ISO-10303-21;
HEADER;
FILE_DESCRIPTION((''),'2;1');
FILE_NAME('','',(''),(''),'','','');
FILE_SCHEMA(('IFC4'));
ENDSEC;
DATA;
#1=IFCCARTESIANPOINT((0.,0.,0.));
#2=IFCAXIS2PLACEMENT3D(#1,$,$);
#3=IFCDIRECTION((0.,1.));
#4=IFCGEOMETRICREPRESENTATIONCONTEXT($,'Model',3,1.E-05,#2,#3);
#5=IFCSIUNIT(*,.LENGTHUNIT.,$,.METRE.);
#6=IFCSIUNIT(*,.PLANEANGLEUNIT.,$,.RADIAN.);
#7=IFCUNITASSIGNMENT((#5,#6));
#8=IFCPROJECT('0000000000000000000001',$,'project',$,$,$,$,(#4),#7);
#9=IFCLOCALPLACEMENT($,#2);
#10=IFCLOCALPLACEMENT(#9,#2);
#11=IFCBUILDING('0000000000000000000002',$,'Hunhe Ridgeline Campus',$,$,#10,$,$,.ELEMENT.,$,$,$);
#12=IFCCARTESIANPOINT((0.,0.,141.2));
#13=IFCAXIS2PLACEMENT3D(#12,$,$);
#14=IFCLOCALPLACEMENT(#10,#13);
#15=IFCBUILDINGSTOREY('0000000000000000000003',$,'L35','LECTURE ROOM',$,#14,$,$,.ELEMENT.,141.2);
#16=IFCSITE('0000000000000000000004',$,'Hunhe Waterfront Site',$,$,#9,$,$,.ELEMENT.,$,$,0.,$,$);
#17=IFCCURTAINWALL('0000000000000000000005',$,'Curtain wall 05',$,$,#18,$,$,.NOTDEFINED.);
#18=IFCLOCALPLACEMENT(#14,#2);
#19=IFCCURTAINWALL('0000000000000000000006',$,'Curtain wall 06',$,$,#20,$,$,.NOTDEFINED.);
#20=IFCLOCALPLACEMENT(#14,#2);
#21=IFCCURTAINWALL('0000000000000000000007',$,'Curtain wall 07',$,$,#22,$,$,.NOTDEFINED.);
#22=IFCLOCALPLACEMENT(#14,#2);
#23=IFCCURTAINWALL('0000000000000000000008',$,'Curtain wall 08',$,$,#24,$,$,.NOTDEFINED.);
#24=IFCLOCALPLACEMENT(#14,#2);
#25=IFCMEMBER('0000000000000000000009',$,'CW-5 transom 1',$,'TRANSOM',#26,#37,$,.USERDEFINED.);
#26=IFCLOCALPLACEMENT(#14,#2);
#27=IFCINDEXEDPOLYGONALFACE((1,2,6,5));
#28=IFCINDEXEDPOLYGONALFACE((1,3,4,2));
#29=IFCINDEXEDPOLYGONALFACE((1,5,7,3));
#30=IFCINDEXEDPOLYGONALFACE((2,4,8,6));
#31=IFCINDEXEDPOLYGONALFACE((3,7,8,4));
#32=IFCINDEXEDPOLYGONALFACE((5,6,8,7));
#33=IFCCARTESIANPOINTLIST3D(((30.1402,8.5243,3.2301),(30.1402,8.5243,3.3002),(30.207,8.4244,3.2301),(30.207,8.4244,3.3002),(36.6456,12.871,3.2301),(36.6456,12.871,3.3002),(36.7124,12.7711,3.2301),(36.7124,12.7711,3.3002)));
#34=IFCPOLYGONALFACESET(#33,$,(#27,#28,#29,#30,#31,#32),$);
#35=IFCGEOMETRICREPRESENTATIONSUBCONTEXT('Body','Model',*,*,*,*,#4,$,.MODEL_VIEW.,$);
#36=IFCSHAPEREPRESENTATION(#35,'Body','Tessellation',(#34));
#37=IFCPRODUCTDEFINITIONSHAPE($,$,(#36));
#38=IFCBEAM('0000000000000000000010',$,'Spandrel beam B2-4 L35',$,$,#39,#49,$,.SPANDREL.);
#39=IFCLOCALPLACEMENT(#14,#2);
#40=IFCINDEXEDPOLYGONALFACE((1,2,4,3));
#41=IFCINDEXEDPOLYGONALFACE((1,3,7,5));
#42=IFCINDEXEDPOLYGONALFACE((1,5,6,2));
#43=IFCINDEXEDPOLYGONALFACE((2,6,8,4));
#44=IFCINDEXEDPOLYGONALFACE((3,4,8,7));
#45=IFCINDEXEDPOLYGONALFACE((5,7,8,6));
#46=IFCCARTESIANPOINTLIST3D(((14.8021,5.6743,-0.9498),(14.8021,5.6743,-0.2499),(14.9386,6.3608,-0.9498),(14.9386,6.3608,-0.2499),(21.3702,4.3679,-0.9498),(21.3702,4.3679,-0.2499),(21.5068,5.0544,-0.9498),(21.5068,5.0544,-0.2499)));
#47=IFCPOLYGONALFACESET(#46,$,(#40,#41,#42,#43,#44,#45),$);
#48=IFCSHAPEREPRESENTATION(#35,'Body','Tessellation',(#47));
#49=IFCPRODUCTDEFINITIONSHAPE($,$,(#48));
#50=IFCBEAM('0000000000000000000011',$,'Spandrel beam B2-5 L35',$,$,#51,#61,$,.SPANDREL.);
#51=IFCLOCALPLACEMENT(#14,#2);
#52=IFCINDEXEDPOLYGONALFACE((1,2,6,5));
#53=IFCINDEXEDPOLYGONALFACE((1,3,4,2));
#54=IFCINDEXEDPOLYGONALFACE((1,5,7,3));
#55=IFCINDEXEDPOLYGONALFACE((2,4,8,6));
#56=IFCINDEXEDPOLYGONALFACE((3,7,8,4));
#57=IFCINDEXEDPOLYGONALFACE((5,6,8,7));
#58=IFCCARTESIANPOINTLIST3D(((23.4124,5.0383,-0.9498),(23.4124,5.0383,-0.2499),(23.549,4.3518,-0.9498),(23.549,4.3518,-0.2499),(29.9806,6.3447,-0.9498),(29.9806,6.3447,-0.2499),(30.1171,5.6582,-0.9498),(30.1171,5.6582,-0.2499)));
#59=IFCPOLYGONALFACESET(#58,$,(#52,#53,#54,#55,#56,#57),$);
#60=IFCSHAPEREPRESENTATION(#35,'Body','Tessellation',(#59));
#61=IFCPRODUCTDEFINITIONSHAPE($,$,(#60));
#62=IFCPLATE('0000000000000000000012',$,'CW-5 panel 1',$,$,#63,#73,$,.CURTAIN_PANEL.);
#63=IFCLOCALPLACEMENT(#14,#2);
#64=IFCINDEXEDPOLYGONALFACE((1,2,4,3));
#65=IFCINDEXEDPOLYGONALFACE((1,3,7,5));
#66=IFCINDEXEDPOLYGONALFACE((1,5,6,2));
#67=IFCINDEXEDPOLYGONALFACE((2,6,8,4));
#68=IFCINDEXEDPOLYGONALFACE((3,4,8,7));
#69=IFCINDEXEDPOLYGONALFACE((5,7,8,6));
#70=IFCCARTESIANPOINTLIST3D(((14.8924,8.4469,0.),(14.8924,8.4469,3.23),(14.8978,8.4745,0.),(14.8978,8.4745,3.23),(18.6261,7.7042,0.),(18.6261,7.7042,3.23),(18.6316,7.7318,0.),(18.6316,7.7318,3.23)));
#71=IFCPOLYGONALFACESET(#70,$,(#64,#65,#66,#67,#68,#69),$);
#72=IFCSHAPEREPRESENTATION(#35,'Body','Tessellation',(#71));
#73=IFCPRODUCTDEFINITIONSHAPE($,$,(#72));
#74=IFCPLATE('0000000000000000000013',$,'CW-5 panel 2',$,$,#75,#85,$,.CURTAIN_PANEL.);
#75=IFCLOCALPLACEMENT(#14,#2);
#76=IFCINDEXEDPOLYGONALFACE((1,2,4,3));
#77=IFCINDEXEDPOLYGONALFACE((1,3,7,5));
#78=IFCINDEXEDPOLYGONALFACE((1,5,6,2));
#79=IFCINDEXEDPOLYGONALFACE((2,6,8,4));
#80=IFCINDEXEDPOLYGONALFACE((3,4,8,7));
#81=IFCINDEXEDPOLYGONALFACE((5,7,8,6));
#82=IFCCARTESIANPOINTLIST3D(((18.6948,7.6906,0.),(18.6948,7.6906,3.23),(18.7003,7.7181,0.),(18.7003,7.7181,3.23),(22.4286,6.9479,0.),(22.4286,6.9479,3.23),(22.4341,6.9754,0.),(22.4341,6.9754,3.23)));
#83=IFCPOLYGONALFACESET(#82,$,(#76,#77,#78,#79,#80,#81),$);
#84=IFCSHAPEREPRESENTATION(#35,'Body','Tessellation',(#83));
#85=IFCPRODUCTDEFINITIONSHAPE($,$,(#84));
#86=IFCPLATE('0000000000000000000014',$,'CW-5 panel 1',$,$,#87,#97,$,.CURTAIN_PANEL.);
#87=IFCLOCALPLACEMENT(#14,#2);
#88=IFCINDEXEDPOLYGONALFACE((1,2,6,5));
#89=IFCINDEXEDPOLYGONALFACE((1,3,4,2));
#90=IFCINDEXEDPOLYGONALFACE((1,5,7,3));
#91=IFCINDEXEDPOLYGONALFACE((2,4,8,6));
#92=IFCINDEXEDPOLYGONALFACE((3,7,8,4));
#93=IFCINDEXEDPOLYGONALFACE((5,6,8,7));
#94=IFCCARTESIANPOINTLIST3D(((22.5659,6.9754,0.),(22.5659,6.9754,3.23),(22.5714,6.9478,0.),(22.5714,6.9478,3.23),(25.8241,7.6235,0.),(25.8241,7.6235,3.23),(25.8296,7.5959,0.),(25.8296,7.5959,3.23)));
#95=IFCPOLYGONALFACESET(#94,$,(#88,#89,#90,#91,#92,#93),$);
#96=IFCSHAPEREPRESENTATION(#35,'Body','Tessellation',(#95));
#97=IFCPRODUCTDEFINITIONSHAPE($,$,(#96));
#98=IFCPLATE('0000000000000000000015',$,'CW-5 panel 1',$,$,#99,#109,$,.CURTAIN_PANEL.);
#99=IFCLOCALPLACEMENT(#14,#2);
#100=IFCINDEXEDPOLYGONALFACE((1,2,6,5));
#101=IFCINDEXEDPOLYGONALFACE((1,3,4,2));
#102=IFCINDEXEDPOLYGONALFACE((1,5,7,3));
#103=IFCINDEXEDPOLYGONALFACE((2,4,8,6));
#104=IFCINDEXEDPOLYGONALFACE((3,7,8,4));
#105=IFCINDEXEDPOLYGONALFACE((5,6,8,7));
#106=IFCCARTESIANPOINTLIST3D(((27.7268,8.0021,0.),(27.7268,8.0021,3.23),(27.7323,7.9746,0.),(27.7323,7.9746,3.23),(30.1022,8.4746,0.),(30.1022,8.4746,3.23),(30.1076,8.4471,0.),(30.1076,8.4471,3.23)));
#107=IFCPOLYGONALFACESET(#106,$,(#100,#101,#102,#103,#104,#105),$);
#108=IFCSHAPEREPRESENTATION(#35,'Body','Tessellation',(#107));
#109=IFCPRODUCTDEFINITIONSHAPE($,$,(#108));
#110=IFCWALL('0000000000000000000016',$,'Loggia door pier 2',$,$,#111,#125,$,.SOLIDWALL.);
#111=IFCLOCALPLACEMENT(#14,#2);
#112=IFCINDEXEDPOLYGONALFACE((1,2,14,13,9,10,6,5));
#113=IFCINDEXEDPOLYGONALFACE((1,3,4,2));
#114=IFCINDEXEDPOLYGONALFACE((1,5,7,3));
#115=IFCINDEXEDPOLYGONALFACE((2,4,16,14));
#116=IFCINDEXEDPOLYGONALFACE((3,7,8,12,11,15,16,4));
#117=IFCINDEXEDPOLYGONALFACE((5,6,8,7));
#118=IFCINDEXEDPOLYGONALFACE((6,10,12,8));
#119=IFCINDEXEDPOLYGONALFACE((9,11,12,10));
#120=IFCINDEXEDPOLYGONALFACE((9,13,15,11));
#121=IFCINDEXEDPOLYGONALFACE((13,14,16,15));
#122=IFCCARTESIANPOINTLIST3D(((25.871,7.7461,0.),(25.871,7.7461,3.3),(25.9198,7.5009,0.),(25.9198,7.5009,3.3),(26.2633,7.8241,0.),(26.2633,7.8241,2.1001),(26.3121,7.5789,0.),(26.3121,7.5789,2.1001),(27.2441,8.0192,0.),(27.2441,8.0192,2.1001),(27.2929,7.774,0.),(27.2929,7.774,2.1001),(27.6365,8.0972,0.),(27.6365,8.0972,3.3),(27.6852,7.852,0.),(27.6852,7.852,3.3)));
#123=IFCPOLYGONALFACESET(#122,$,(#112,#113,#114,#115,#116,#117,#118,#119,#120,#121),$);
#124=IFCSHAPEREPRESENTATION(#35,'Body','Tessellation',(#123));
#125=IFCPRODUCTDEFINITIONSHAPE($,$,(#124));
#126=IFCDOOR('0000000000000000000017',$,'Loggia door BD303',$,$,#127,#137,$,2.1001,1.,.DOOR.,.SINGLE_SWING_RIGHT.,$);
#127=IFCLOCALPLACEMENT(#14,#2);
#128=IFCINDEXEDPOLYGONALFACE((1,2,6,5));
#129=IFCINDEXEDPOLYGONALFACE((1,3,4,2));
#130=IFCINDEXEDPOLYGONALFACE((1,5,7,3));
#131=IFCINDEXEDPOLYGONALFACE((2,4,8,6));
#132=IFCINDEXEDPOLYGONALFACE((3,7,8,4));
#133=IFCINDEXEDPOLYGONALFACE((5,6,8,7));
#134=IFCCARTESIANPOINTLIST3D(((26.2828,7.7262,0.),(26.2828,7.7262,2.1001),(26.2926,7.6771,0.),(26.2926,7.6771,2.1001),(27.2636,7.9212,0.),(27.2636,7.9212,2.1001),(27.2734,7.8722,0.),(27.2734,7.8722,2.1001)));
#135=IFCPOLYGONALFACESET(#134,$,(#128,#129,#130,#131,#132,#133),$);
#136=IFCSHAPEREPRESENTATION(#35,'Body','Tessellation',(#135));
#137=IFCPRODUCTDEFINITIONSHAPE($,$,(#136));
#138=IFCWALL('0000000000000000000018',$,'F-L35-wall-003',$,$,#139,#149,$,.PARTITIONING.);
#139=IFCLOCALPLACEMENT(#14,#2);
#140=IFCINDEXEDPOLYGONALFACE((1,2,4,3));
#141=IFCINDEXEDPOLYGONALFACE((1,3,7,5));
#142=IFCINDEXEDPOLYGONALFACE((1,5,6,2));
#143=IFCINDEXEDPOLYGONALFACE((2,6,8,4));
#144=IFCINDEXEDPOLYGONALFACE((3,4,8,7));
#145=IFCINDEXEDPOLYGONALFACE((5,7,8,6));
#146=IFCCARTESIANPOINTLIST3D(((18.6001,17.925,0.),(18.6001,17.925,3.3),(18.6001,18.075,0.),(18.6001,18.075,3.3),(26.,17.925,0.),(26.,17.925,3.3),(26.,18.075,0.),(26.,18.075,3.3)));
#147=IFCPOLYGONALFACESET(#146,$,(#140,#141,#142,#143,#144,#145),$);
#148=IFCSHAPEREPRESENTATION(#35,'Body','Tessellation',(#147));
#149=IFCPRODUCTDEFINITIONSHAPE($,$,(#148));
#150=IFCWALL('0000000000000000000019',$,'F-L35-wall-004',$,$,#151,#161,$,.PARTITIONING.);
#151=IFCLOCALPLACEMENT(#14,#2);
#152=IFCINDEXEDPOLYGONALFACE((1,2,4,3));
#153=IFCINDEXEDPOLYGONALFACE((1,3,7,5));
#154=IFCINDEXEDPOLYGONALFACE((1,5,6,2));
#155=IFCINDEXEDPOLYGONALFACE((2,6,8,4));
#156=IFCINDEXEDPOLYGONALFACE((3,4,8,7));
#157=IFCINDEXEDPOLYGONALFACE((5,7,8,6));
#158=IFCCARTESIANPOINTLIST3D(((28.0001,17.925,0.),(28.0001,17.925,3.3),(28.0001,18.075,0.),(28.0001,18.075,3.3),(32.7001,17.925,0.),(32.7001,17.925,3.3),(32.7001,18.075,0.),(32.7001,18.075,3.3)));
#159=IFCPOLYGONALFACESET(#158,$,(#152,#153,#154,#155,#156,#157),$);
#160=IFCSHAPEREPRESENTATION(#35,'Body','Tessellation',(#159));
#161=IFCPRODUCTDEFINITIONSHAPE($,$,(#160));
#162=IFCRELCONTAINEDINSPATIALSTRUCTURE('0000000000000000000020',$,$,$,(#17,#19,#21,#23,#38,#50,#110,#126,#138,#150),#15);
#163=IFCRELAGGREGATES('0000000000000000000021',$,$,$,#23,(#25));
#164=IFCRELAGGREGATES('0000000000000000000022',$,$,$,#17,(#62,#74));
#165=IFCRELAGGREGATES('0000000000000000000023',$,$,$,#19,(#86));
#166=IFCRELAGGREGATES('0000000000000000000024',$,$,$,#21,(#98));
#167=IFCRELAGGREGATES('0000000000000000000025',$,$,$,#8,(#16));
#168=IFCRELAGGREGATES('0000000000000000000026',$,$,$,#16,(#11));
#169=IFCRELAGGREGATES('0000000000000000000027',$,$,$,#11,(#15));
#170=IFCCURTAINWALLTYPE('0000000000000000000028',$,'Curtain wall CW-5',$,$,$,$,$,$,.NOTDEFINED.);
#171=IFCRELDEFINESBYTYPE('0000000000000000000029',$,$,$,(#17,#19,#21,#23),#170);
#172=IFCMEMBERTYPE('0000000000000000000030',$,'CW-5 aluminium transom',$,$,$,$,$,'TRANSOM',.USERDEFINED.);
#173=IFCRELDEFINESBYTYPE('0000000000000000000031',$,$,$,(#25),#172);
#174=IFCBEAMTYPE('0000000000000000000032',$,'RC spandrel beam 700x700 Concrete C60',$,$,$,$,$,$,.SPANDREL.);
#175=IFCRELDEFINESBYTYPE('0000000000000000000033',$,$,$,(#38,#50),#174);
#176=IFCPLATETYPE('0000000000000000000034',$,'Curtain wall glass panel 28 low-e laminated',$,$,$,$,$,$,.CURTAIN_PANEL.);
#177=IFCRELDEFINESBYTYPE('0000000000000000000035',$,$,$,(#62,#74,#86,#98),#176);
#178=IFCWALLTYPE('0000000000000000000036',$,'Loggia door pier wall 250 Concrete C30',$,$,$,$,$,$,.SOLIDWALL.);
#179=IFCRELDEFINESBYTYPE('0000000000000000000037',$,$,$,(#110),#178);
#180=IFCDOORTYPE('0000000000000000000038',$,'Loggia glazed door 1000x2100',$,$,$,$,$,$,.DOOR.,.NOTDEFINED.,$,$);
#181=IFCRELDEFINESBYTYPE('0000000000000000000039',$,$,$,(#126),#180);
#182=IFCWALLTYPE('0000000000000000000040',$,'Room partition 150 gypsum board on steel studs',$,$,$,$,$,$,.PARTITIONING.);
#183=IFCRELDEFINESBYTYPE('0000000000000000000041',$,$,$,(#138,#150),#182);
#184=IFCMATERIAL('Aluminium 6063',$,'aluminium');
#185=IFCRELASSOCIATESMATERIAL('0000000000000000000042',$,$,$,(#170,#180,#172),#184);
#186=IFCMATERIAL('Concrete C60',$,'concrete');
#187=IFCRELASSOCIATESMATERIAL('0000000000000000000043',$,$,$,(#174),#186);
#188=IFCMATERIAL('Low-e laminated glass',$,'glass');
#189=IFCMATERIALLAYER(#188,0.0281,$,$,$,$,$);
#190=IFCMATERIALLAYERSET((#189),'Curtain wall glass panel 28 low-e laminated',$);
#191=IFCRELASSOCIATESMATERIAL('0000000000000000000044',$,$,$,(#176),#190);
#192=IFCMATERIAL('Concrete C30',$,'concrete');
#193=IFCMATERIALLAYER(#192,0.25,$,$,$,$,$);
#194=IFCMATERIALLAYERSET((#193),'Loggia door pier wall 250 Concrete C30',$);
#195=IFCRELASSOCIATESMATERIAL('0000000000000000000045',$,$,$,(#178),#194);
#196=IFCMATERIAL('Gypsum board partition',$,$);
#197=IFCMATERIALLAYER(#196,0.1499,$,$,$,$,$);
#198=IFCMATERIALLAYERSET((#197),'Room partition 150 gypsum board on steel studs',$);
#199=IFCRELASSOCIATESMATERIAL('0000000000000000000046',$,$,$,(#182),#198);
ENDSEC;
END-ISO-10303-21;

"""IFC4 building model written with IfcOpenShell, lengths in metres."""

from ifc_helpers import new_model, si_unit, direction, frame, frame_2d, origin, origin_2d, place, context, subcontext, project, spatial, rectangle, extrude, material, layer, layer_set, material_profile, profile_set, type_object, element, fill, aggregate, save


model = new_model("IFC4")

# Units and contexts
model_context = context("Model", 3, precision=1e-05, world=origin(), true_north=direction((0.0, 1.0)))
body_context = subcontext(model_context, "Body", "Model", "MODEL_VIEW")
ifc_project = project(units=[si_unit("LENGTHUNIT", "METRE"), si_unit("PLANEANGLEUNIT", "RADIAN")], contexts=[model_context])

# Site, building, storey
site_placement = place(None, origin())
site = spatial("IfcSite", under=ifc_project, at=site_placement, Name="Hunhe Waterfront Site", CompositionType="ELEMENT", RefElevation=0.0)
building_placement = place(site_placement, origin())
building = spatial("IfcBuilding", under=site, at=building_placement, Name="Hunhe Ridgeline Campus", CompositionType="ELEMENT")
storey_placement = place(building_placement, frame((0.0, 0.0, 141.2)))
storey = spatial("IfcBuildingStorey", under=building, at=storey_placement, Name="L35", Description="LECTURE ROOM", CompositionType="ELEMENT", Elevation=141.2)

# Shared definitions
ifc_material_1 = material(Name="Aluminium 6063", Category="aluminium")
curtain_wall_type = type_object("IfcCurtainWallType", Name="Curtain wall CW-5", PredefinedType="NOTDEFINED", material=ifc_material_1)

# Curtain walls
curtain_wall_1_placement = place(storey_placement, origin())
curtain_wall_1 = element("IfcCurtainWall", 1, at=curtain_wall_1_placement, inside=storey, type_object=curtain_wall_type, Name="Curtain wall 05", PredefinedType="NOTDEFINED")
curtain_wall_2_placement = place(storey_placement, origin())
curtain_wall_2 = element("IfcCurtainWall", 2, at=curtain_wall_2_placement, inside=storey, type_object=curtain_wall_type, Name="Curtain wall 06", PredefinedType="NOTDEFINED")
curtain_wall_3_placement = place(storey_placement, origin())
curtain_wall_3 = element("IfcCurtainWall", 3, at=curtain_wall_3_placement, inside=storey, type_object=curtain_wall_type, Name="Curtain wall 07", PredefinedType="NOTDEFINED")

# Shared definitions
ifc_material_profile_1 = material_profile(ifc_material_1, rectangle(XDim=0.1201, YDim=0.0701, at=origin_2d()))
ifc_profile_set_1 = profile_set([ifc_material_profile_1], Name="Aluminium 6063")
member_type_1 = type_object("IfcMemberType", Name="CW-5 aluminium transom", ElementType="TRANSOM", PredefinedType="USERDEFINED", material=ifc_profile_set_1)

# Curtain wall, member
curtain_wall_4_placement = place(storey_placement, origin())
curtain_wall_4 = element("IfcCurtainWall", 4, at=curtain_wall_4_placement, inside=storey, type_object=curtain_wall_type, Name="Curtain wall 08", PredefinedType="NOTDEFINED")
member_1_placement = place(storey_placement, frame((30.1736, 8.4744, 3.2651), z_axis=(0.831474, 0.555564, 0.0), x_axis=(-0.555564, 0.831474, 0.0)))
member_1 = element("IfcMember", 5, at=member_1_placement, type_object=member_type_1, Name="CW-5 transom 1", ObjectType="TRANSOM", PredefinedType="USERDEFINED", context=body_context, shape_type="SweptSolid", body=[
    extrude(rectangle(XDim=0.1201, YDim=0.0701, at=origin_2d()), origin(), (0.0, 0.0, 1.0), 7.824),
])
aggregate(curtain_wall_4, [member_1])

# Beams
ifc_material_2 = material(Name="Concrete C60", Category="concrete")
ifc_material_profile_2 = material_profile(ifc_material_2, rectangle(XDim=0.7, YDim=0.7, at=origin_2d()))
ifc_profile_set_2 = profile_set([ifc_material_profile_2], Name="Concrete C60")
beam_type = type_object("IfcBeamType", Name="RC spandrel beam 700x700 Concrete C60", PredefinedType="SPANDREL", material=ifc_profile_set_2)
for number, where, z_axis, x_axis, name in (
    (6, (14.8704, 6.0176, -0.5999), (0.980788, -0.195078, 0.0), (0.195078, 0.980788, 0.0), "Spandrel beam B2-4 L35"),
    (7, (23.4807, 4.6951, -0.5999), (0.980788, 0.195078, 0.0), (-0.195078, 0.980788, 0.0), "Spandrel beam B2-5 L35"),
):
    element("IfcBeam", number, at=place(storey_placement, frame(where, z_axis=z_axis, x_axis=x_axis)), inside=storey, type_object=beam_type, Name=name, PredefinedType="SPANDREL", context=body_context, shape_type="SweptSolid", body=[
        extrude(rectangle(XDim=0.7, YDim=0.7, at=origin_2d()), origin(), (0.0, 0.0, 1.0), 6.6968),
    ])

# Plates
ifc_material_3 = material(Name="Low-e laminated glass", Category="glass")
ifc_layer_1 = layer(ifc_material_3, 0.0281)
ifc_layer_set_1 = layer_set([ifc_layer_1], Name="Curtain wall glass panel 28 low-e laminated")
plate_type = type_object("IfcPlateType", Name="Curtain wall glass panel 28 low-e laminated", PredefinedType="CURTAIN_PANEL", material=ifc_layer_set_1)
plate_1_placement = place(storey_placement, frame((16.762, 8.0894, 0.0), z_axis=(0.0, 0.0, 1.0), x_axis=(0.980785, -0.19509, 0.0)))
plate_1 = element("IfcPlate", 8, at=plate_1_placement, type_object=plate_type, Name="CW-5 panel 1", PredefinedType="CURTAIN_PANEL", context=body_context, shape_type="SweptSolid", body=[
    extrude(rectangle(XDim=3.8069, YDim=0.0281, at=origin_2d()), origin(), (0.0, 0.0, 1.0), 3.23),
])
plate_2_placement = place(storey_placement, frame((20.5645, 7.333, 0.0), z_axis=(0.0, 0.0, 1.0), x_axis=(0.980785, -0.19509, 0.0)))
plate_2 = element("IfcPlate", 9, at=plate_2_placement, type_object=plate_type, Name="CW-5 panel 2", PredefinedType="CURTAIN_PANEL", context=body_context, shape_type="SweptSolid", body=[
    extrude(rectangle(XDim=3.8069, YDim=0.0281, at=origin_2d()), origin(), (0.0, 0.0, 1.0), 3.23),
])
aggregate(curtain_wall_1, [plate_1, plate_2])
plate_3_placement = place(storey_placement, frame((24.1978, 7.2856, 0.0), z_axis=(0.0, 0.0, 1.0), x_axis=(0.980785, 0.19509, 0.0)))
plate_3 = element("IfcPlate", 10, at=plate_3_placement, type_object=plate_type, Name="CW-5 panel 1", PredefinedType="CURTAIN_PANEL", context=body_context, shape_type="SweptSolid", body=[
    extrude(rectangle(XDim=3.322, YDim=0.0281, at=origin_2d()), origin(), (0.0, 0.0, 1.0), 3.23),
])
aggregate(curtain_wall_2, [plate_3])
plate_4_placement = place(storey_placement, frame((28.9172, 8.2246, 0.0), z_axis=(0.0, 0.0, 1.0), x_axis=(0.980785, 0.195091, 0.0)))
plate_4 = element("IfcPlate", 11, at=plate_4_placement, type_object=plate_type, Name="CW-5 panel 1", PredefinedType="CURTAIN_PANEL", context=body_context, shape_type="SweptSolid", body=[
    extrude(rectangle(XDim=2.4219, YDim=0.0281, at=origin_2d()), origin(), (0.0, 0.0, 1.0), 3.23),
])
aggregate(curtain_wall_3, [plate_4])

# Wall, opening, door
ifc_material_4 = material(Name="Concrete C30", Category="concrete")
ifc_layer_2 = layer(ifc_material_4, 0.25)
ifc_layer_set_2 = layer_set([ifc_layer_2], Name="Loggia door pier wall 250 Concrete C30")
wall_type_1 = type_object("IfcWallType", Name="Loggia door pier wall 250 Concrete C30", PredefinedType="SOLIDWALL", material=ifc_layer_set_2)
wall_1_placement = place(storey_placement, frame((25.8955, 7.6235, 0.0), z_axis=(0.0, 0.0, 1.0), x_axis=(0.980794, 0.195047, 0.0)))
wall_1 = element("IfcWall", 12, at=wall_1_placement, inside=storey, type_object=wall_type_1, Name="Loggia door pier 2", PredefinedType="SOLIDWALL", context=body_context, shape_type="SweptSolid", body=[
    extrude(rectangle(XDim=1.8, YDim=0.25, at=frame_2d((0.8999, 0.0))), origin(), (0.0, 0.0, 1.0), 3.3),
])
opening_placement = place(wall_1_placement, frame((0.3999, 0.0, 0.0)))
opening = element("IfcOpeningElement", 13, at=opening_placement, cuts=wall_1, PredefinedType="OPENING", context=body_context, shape_type="SweptSolid", body=[
    extrude(rectangle(XDim=1.0, YDim=2.1001, at=frame_2d((0.5, 1.05))), frame((0.0, 0.125, 0.0), z_axis=(0.0, -1.0, 0.0), x_axis=(1.0, 0.0, 0.0)), (0.0, 0.0, 1.0), 0.25),
])
door_type = type_object("IfcDoorType", Name="Loggia glazed door 1000x2100", OperationType="NOTDEFINED", PredefinedType="DOOR", material=ifc_material_1)
door_placement = place(opening_placement, frame((1.0, 0.0, 0.0), z_axis=(0.0, 0.0, 1.0), x_axis=(-1.0, 0.0, 0.0)))
door = element("IfcDoor", 14, at=door_placement, inside=storey, type_object=door_type, Name="Loggia door BD303", OperationType="SINGLE_SWING_RIGHT", OverallHeight=2.1001, OverallWidth=1.0, PredefinedType="DOOR", context=body_context, shape_type="SweptSolid", body=[
    extrude(rectangle(XDim=1.0, YDim=2.1001, at=frame_2d((0.5, 1.05))), frame((0.0, 0.0249, 0.0), z_axis=(0.0, -1.0, 0.0), x_axis=(1.0, 0.0, 0.0)), (0.0, 0.0, 1.0), 0.05),
])
fill(opening, door)

# Walls
ifc_material_5 = material(Name="Gypsum board partition")
ifc_layer_3 = layer(ifc_material_5, 0.1499)
ifc_layer_set_3 = layer_set([ifc_layer_3], Name="Room partition 150 gypsum board on steel studs")
wall_type_2 = type_object("IfcWallType", Name="Room partition 150 gypsum board on steel studs", PredefinedType="PARTITIONING", material=ifc_layer_set_3)
wall_2_placement = place(storey_placement, frame((18.6001, 18.0, 0.0), z_axis=(0.0, 0.0, 1.0), x_axis=(1.0, 0.0, 0.0)))
element("IfcWall", 15, at=wall_2_placement, inside=storey, type_object=wall_type_2, Name="F-L35-wall-003", PredefinedType="PARTITIONING", context=body_context, shape_type="SweptSolid", body=[
    extrude(rectangle(XDim=7.3999, YDim=0.1499, at=frame_2d((3.7, 0.0))), origin(), (0.0, 0.0, 1.0), 3.3),
])
wall_3_placement = place(storey_placement, frame((28.0, 18.0, 0.0), z_axis=(0.0, 0.0, 1.0), x_axis=(1.0, 0.0, 0.0)))
element("IfcWall", 16, at=wall_3_placement, inside=storey, type_object=wall_type_2, Name="F-L35-wall-004", PredefinedType="PARTITIONING", context=body_context, shape_type="SweptSolid", body=[
    extrude(rectangle(XDim=4.7, YDim=0.1499, at=frame_2d((2.3501, 0.0))), origin(), (0.0, 0.0, 1.0), 3.3),
])

save(model, "model.ifc")
